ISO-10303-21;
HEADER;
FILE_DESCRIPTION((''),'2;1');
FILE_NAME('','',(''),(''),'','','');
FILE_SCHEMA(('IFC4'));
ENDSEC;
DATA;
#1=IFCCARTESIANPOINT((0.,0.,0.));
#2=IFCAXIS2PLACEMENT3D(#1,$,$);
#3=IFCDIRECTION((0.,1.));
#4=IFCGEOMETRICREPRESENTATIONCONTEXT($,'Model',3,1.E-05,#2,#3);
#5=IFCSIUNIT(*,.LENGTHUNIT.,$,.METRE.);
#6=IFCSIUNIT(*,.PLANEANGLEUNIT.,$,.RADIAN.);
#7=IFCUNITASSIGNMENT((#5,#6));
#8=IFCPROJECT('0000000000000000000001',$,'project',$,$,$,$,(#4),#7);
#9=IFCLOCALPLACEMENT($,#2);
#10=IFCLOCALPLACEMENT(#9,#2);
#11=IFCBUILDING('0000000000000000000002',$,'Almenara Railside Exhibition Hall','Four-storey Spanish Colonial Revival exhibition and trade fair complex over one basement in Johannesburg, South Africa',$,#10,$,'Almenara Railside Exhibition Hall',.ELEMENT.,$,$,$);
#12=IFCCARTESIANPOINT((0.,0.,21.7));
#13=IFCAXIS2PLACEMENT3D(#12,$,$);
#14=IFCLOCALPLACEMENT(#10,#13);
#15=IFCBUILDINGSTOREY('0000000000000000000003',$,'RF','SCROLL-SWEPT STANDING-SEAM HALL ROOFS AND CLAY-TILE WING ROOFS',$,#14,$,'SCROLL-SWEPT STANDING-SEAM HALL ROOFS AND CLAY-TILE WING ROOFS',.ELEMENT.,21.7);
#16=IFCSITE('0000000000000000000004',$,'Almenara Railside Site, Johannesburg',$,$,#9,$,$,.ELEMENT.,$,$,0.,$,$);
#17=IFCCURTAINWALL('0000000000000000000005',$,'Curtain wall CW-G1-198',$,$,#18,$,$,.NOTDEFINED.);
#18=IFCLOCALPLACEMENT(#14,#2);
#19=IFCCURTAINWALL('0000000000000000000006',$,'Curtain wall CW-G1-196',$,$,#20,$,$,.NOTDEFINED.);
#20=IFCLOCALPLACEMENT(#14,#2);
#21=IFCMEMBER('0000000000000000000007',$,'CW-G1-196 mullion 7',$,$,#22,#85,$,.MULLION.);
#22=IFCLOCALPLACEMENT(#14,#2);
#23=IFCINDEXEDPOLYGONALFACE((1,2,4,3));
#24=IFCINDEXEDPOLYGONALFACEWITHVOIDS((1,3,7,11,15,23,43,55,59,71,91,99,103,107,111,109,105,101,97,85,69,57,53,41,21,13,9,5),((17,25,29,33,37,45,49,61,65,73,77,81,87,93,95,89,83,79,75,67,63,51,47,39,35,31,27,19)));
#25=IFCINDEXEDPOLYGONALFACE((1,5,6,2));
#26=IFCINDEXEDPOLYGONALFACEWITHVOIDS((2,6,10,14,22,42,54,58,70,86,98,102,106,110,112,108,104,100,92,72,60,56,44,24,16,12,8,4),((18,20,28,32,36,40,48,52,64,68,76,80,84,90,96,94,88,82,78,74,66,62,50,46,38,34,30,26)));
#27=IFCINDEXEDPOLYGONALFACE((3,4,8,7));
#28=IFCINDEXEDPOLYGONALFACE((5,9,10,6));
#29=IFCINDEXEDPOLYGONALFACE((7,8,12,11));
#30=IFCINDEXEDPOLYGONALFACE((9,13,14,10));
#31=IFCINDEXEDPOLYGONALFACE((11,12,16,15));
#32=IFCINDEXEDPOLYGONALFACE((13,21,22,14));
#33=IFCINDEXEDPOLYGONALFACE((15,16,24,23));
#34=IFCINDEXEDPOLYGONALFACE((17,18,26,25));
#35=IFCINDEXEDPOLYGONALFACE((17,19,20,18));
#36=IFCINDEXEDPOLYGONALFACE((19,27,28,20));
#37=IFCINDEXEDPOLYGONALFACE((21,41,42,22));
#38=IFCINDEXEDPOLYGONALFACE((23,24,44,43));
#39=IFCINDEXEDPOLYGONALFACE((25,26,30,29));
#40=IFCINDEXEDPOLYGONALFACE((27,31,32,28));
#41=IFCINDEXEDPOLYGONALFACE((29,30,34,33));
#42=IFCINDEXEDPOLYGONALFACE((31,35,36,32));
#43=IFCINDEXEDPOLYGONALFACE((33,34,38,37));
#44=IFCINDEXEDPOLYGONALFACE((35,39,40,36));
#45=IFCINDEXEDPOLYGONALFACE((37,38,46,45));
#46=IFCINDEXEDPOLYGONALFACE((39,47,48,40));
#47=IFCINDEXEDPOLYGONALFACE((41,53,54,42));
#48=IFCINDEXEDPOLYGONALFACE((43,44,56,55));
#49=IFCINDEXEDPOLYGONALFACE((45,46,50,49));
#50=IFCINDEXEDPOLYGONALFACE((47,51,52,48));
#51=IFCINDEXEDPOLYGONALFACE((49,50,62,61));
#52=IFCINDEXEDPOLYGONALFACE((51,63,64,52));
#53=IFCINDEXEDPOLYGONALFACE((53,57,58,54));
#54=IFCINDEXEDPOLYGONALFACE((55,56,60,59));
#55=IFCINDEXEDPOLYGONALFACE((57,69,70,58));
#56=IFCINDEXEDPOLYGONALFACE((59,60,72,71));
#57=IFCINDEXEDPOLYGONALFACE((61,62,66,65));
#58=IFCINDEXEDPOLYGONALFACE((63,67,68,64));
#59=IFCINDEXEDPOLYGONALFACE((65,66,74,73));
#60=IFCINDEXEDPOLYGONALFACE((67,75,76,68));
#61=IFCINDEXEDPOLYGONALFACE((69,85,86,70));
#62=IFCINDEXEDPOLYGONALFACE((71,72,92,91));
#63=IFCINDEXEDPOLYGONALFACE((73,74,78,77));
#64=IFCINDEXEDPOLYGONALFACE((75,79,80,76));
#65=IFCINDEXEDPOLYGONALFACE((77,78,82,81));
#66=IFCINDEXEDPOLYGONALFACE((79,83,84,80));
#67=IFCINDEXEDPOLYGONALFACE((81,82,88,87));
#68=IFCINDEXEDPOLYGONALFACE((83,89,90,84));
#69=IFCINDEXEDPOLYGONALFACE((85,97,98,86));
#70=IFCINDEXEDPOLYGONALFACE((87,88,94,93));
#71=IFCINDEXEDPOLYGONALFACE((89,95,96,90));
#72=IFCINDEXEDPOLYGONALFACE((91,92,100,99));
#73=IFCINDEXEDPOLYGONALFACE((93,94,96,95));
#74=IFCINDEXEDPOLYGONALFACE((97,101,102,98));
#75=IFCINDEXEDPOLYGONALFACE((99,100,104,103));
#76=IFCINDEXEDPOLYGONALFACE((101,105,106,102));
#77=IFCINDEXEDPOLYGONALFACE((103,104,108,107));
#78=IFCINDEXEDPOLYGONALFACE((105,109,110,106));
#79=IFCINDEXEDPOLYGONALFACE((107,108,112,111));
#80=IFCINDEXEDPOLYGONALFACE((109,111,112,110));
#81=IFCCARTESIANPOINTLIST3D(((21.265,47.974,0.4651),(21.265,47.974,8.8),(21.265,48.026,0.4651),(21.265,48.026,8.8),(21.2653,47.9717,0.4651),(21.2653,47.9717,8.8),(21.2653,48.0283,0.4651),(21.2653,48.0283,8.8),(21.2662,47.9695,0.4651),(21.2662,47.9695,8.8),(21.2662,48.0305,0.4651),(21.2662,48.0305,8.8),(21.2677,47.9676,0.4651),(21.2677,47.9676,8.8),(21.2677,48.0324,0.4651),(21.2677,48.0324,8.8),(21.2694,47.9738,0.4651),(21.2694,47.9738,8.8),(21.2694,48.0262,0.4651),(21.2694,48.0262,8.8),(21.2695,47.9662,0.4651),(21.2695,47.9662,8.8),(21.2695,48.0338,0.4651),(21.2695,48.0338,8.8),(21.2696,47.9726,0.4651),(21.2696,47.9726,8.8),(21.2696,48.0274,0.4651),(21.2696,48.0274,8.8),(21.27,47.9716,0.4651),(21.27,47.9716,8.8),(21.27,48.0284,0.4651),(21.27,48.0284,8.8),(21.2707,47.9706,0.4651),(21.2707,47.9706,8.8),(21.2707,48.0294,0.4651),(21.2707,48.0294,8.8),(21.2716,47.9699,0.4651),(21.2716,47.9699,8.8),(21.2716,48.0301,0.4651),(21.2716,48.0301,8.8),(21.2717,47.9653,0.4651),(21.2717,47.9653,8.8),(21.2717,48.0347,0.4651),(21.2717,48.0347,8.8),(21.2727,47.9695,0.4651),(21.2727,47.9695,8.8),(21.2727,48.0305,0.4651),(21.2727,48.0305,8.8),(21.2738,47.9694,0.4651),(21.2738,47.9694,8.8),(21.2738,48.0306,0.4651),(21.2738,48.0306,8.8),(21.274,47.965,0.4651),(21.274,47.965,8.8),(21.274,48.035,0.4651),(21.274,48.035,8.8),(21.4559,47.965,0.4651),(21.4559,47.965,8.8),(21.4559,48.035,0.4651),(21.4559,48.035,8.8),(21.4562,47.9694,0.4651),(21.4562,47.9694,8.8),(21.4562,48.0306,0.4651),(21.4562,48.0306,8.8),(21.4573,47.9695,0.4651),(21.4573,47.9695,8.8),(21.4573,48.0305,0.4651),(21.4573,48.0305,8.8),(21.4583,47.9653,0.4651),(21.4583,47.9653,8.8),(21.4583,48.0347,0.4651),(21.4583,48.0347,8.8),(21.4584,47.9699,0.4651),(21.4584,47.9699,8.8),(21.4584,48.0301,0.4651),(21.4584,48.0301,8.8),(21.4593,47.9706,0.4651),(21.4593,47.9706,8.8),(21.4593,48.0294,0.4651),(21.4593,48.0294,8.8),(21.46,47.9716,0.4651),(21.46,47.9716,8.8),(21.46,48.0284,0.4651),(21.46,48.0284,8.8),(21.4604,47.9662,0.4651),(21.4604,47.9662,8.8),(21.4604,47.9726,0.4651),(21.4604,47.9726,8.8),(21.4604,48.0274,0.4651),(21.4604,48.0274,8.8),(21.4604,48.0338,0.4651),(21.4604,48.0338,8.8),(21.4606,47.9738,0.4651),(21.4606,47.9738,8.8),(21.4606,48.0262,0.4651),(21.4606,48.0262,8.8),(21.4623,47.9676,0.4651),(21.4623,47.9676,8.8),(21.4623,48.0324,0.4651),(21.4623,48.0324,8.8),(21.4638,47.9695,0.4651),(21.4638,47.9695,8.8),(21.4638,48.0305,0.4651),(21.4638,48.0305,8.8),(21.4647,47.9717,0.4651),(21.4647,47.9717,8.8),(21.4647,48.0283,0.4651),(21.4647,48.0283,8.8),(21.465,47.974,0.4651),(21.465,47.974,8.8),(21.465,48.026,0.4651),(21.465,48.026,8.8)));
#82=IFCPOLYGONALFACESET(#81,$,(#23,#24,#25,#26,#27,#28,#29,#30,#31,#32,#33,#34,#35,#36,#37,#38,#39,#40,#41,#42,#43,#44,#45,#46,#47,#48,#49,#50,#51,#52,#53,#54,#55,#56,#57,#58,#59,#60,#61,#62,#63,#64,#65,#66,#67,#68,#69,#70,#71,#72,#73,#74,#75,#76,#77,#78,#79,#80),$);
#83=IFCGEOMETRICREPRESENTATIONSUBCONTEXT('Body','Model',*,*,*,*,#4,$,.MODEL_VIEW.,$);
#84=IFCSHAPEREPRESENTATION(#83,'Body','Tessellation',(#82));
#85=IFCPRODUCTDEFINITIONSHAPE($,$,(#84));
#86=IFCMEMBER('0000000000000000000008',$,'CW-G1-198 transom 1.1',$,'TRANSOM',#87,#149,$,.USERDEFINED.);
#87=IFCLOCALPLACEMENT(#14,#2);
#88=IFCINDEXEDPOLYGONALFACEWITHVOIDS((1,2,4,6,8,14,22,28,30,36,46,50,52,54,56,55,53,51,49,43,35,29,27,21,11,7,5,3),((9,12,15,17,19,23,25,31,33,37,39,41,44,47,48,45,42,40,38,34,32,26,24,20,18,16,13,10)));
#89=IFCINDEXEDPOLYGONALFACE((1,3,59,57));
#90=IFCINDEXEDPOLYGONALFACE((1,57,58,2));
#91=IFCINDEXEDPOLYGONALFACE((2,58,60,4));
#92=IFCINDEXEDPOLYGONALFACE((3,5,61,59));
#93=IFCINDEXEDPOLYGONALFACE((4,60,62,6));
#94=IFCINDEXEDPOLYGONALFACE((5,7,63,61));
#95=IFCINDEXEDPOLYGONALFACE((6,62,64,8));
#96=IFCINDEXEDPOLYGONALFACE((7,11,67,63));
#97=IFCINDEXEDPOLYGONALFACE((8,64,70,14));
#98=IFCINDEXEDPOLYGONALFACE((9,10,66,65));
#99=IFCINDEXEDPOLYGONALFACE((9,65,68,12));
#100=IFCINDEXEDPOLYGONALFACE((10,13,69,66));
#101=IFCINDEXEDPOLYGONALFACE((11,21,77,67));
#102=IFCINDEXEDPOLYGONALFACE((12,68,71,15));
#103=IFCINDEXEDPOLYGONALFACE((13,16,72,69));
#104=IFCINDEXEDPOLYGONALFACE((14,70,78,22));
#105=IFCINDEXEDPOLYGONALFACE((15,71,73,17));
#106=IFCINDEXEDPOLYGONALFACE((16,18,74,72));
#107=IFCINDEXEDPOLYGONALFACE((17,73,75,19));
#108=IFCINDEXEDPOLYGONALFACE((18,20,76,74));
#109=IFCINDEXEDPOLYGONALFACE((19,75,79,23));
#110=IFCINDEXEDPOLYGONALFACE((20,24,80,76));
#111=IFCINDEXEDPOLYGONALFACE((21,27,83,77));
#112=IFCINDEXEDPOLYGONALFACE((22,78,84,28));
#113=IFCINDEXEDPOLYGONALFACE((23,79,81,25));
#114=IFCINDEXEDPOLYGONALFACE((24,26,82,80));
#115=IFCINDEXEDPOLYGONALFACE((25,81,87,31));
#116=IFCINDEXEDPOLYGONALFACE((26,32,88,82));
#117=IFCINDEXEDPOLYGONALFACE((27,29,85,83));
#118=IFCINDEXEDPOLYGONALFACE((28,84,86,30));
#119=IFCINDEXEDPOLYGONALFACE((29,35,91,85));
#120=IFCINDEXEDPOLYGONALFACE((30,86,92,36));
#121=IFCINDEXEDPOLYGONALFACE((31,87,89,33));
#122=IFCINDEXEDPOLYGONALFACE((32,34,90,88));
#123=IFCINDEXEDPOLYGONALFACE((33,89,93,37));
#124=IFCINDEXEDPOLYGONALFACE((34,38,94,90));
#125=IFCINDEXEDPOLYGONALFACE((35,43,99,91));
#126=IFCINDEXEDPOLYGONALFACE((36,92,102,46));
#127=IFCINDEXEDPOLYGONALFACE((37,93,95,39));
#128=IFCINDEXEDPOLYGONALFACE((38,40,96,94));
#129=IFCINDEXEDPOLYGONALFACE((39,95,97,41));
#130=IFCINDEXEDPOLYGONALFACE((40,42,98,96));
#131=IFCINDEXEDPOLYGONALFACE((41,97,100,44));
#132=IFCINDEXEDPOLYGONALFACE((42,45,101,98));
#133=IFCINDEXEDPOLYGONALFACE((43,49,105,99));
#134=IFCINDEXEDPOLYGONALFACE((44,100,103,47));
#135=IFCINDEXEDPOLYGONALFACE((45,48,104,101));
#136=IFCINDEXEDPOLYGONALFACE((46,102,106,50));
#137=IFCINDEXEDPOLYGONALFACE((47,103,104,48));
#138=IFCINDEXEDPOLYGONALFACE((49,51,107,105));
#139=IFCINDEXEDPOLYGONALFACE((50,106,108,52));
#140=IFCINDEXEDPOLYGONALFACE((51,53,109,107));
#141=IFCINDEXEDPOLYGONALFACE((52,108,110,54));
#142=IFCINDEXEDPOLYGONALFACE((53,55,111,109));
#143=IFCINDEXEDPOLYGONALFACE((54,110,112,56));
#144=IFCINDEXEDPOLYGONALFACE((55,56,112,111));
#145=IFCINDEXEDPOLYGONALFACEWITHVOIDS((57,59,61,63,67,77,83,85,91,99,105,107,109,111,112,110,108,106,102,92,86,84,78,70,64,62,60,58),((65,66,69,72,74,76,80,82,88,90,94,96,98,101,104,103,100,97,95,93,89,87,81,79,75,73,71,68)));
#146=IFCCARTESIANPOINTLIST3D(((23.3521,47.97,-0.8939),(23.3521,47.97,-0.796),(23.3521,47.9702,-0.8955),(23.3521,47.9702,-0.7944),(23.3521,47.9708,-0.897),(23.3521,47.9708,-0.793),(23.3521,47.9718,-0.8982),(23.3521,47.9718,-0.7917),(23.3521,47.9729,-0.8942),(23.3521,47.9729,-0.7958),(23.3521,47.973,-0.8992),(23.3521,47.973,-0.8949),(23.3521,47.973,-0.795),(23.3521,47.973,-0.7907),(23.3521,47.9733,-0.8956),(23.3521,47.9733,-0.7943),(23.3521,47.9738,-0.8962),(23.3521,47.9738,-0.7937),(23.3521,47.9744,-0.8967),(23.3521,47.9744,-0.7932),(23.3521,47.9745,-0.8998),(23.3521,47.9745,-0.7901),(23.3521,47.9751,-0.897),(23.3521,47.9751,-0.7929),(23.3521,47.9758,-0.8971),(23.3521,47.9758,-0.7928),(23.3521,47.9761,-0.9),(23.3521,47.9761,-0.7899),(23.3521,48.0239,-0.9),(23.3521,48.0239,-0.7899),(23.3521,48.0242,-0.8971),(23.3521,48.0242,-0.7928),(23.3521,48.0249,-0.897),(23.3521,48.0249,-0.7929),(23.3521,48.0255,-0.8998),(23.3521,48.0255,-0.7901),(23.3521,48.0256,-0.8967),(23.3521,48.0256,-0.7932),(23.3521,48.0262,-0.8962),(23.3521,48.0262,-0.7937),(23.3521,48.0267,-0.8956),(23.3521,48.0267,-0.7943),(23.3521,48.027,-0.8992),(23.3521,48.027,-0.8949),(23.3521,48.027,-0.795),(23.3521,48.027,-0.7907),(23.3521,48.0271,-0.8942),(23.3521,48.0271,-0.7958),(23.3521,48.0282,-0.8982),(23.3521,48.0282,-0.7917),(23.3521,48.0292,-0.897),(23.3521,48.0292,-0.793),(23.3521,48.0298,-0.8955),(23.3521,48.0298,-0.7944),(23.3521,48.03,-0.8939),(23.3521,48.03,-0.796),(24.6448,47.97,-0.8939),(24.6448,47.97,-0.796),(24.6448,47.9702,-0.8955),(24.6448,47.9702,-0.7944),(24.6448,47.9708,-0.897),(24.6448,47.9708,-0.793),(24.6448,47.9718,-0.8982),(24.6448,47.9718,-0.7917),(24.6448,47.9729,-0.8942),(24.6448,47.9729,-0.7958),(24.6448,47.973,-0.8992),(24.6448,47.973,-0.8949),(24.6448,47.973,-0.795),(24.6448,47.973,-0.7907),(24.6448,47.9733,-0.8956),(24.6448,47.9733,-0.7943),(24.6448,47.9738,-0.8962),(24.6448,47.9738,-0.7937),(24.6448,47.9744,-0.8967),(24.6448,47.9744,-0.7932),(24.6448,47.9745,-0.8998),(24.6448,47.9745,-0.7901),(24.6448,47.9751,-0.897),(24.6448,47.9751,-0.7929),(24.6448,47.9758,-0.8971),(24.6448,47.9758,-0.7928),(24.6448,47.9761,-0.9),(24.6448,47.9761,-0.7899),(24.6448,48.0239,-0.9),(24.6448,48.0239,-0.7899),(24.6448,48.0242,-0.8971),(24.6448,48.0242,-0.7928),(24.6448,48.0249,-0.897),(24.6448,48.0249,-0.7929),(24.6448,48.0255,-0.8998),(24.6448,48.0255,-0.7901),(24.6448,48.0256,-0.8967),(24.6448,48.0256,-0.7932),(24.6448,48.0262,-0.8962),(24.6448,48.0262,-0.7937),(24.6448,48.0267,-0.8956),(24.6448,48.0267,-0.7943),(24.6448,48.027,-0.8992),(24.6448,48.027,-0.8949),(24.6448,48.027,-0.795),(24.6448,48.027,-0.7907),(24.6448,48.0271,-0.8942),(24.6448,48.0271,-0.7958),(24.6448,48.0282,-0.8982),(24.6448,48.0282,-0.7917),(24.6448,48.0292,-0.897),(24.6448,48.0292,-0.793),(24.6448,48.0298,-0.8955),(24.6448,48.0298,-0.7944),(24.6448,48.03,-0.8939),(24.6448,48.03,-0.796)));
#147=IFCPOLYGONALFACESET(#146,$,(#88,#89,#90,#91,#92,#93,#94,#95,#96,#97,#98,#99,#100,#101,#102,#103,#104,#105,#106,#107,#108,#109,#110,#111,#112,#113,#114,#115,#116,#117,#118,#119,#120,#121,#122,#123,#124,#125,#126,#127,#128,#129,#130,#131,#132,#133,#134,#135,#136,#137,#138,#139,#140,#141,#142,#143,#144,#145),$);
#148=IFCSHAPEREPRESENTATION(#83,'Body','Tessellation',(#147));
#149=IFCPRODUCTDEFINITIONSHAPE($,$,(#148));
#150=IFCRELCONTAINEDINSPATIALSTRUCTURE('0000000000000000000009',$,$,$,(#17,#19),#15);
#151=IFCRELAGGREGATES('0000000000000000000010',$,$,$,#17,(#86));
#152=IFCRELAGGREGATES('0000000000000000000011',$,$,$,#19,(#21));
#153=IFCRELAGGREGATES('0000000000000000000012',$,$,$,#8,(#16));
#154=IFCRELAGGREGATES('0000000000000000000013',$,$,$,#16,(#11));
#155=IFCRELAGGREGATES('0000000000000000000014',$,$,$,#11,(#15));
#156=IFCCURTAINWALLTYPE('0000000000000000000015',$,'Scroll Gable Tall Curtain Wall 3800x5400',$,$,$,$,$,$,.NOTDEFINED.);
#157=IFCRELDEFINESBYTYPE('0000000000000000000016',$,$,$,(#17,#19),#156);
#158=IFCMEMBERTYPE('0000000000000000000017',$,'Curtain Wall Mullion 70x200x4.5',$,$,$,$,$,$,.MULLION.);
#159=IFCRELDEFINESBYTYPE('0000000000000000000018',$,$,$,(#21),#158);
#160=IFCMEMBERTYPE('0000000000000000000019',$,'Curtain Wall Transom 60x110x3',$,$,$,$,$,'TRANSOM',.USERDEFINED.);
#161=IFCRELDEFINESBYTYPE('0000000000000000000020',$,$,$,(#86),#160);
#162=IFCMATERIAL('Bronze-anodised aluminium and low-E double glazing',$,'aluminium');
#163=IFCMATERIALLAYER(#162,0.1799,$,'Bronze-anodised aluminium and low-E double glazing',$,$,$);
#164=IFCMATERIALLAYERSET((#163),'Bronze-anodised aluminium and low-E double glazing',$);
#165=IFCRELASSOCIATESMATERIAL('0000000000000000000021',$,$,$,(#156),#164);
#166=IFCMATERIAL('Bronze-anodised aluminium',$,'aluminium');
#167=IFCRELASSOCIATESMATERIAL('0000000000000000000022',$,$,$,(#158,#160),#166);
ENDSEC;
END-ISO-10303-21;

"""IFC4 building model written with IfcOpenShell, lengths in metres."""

from ifc_helpers import new_model, si_unit, direction, frame, origin, origin_2d, place, context, subcontext, project, spatial, hollow_rectangle, extrude, material, layer, layer_set, material_profile, profile_set, type_object, element, aggregate, save


model = new_model("IFC4")

# Units and contexts
model_context = context("Model", 3, precision=1e-05, world=origin(), true_north=direction((0.0, 1.0)))
body_context = subcontext(model_context, "Body", "Model", "MODEL_VIEW")
ifc_project = project(units=[si_unit("LENGTHUNIT", "METRE"), si_unit("PLANEANGLEUNIT", "RADIAN")], contexts=[model_context])

# Site, building, storey
site_placement = place(None, origin())
site = spatial("IfcSite", under=ifc_project, at=site_placement, Name="Almenara Railside Site, Johannesburg", CompositionType="ELEMENT", RefElevation=0.0)
building_placement = place(site_placement, origin())
building = spatial("IfcBuilding", under=site, at=building_placement, Name="Almenara Railside Exhibition Hall", Description="Four-storey Spanish Colonial Revival exhibition and trade fair complex over one basement in Johannesburg, South Africa", LongName="Almenara Railside Exhibition Hall", CompositionType="ELEMENT")
storey_placement = place(building_placement, frame((0.0, 0.0, 21.7)))
storey = spatial("IfcBuildingStorey", under=building, at=storey_placement, Name="RF", Description="SCROLL-SWEPT STANDING-SEAM HALL ROOFS AND CLAY-TILE WING ROOFS", LongName="SCROLL-SWEPT STANDING-SEAM HALL ROOFS AND CLAY-TILE WING ROOFS", CompositionType="ELEMENT", Elevation=21.7)

# Curtain wall
ifc_material_1 = material(Name="Bronze-anodised aluminium and low-E double glazing", Category="aluminium")
ifc_layer_1 = layer(ifc_material_1, 0.1799, Name="Bronze-anodised aluminium and low-E double glazing")
ifc_layer_set_1 = layer_set([ifc_layer_1], Name="Bronze-anodised aluminium and low-E double glazing")
curtain_wall_type = type_object("IfcCurtainWallType", Name="Scroll Gable Tall Curtain Wall 3800x5400", PredefinedType="NOTDEFINED", material=ifc_layer_set_1)
curtain_wall_1_placement = place(storey_placement, origin())
curtain_wall_1 = element("IfcCurtainWall", 1, at=curtain_wall_1_placement, inside=storey, type_object=curtain_wall_type, Name="Curtain wall CW-G1-198", PredefinedType="NOTDEFINED")
ifc_material_2 = material(Name="Bronze-anodised aluminium", Category="aluminium")

# Curtain wall, member
curtain_wall_2_placement = place(storey_placement, origin())
curtain_wall_2 = element("IfcCurtainWall", 2, at=curtain_wall_2_placement, inside=storey, type_object=curtain_wall_type, Name="Curtain wall CW-G1-196", PredefinedType="NOTDEFINED")
ifc_material_profile_1 = material_profile(ifc_material_2, hollow_rectangle(XDim=0.0701, YDim=0.2, WallThickness=0.0044, InnerFilletRadius=0.0044, OuterFilletRadius=0.009, at=origin_2d()), Name="ALU-MUL 70x200x4.5")
ifc_profile_set_1 = profile_set([ifc_material_profile_1], Name="Bronze-anodised aluminium")
member_type_1 = type_object("IfcMemberType", Name="Curtain Wall Mullion 70x200x4.5", PredefinedType="MULLION", material=ifc_profile_set_1)
member_1_placement = place(storey_placement, frame((21.365, 48.0, 0.4651), z_axis=(0.0, 0.0, 1.0), x_axis=(0.0, 1.0, 0.0)))
member_1 = element("IfcMember", 3, at=member_1_placement, type_object=member_type_1, Name="CW-G1-196 mullion 7", PredefinedType="MULLION", context=body_context, shape_type="SweptSolid", body=[
    extrude(hollow_rectangle(XDim=0.0701, YDim=0.2, WallThickness=0.0044, InnerFilletRadius=0.0044, OuterFilletRadius=0.009, at=origin_2d()), origin(), (0.0, 0.0, 1.0), 8.335),
])

# Member
ifc_material_profile_2 = material_profile(ifc_material_2, hollow_rectangle(XDim=0.0601, YDim=0.1101, WallThickness=0.0029, InnerFilletRadius=0.0029, OuterFilletRadius=0.0061, at=origin_2d()), Name="ALU-TRN 60x110x3")
ifc_profile_set_2 = profile_set([ifc_material_profile_2], Name="Bronze-anodised aluminium")
member_type_2 = type_object("IfcMemberType", Name="Curtain Wall Transom 60x110x3", ElementType="TRANSOM", PredefinedType="USERDEFINED", material=ifc_profile_set_2)
member_2_placement = place(storey_placement, frame((23.3521, 48.0, -0.845), z_axis=(1.0, 0.0, 0.0), x_axis=(0.0, 1.0, 0.0)))
member_2 = element("IfcMember", 4, at=member_2_placement, type_object=member_type_2, Name="CW-G1-198 transom 1.1", ObjectType="TRANSOM", PredefinedType="USERDEFINED", context=body_context, shape_type="SweptSolid", body=[
    extrude(hollow_rectangle(XDim=0.0601, YDim=0.1101, WallThickness=0.0029, InnerFilletRadius=0.0029, OuterFilletRadius=0.0061, at=origin_2d()), origin(), (0.0, 0.0, 1.0), 1.2927),
])

aggregate(curtain_wall_1, [member_2])
aggregate(curtain_wall_2, [member_1])

save(model, "model.ifc")
